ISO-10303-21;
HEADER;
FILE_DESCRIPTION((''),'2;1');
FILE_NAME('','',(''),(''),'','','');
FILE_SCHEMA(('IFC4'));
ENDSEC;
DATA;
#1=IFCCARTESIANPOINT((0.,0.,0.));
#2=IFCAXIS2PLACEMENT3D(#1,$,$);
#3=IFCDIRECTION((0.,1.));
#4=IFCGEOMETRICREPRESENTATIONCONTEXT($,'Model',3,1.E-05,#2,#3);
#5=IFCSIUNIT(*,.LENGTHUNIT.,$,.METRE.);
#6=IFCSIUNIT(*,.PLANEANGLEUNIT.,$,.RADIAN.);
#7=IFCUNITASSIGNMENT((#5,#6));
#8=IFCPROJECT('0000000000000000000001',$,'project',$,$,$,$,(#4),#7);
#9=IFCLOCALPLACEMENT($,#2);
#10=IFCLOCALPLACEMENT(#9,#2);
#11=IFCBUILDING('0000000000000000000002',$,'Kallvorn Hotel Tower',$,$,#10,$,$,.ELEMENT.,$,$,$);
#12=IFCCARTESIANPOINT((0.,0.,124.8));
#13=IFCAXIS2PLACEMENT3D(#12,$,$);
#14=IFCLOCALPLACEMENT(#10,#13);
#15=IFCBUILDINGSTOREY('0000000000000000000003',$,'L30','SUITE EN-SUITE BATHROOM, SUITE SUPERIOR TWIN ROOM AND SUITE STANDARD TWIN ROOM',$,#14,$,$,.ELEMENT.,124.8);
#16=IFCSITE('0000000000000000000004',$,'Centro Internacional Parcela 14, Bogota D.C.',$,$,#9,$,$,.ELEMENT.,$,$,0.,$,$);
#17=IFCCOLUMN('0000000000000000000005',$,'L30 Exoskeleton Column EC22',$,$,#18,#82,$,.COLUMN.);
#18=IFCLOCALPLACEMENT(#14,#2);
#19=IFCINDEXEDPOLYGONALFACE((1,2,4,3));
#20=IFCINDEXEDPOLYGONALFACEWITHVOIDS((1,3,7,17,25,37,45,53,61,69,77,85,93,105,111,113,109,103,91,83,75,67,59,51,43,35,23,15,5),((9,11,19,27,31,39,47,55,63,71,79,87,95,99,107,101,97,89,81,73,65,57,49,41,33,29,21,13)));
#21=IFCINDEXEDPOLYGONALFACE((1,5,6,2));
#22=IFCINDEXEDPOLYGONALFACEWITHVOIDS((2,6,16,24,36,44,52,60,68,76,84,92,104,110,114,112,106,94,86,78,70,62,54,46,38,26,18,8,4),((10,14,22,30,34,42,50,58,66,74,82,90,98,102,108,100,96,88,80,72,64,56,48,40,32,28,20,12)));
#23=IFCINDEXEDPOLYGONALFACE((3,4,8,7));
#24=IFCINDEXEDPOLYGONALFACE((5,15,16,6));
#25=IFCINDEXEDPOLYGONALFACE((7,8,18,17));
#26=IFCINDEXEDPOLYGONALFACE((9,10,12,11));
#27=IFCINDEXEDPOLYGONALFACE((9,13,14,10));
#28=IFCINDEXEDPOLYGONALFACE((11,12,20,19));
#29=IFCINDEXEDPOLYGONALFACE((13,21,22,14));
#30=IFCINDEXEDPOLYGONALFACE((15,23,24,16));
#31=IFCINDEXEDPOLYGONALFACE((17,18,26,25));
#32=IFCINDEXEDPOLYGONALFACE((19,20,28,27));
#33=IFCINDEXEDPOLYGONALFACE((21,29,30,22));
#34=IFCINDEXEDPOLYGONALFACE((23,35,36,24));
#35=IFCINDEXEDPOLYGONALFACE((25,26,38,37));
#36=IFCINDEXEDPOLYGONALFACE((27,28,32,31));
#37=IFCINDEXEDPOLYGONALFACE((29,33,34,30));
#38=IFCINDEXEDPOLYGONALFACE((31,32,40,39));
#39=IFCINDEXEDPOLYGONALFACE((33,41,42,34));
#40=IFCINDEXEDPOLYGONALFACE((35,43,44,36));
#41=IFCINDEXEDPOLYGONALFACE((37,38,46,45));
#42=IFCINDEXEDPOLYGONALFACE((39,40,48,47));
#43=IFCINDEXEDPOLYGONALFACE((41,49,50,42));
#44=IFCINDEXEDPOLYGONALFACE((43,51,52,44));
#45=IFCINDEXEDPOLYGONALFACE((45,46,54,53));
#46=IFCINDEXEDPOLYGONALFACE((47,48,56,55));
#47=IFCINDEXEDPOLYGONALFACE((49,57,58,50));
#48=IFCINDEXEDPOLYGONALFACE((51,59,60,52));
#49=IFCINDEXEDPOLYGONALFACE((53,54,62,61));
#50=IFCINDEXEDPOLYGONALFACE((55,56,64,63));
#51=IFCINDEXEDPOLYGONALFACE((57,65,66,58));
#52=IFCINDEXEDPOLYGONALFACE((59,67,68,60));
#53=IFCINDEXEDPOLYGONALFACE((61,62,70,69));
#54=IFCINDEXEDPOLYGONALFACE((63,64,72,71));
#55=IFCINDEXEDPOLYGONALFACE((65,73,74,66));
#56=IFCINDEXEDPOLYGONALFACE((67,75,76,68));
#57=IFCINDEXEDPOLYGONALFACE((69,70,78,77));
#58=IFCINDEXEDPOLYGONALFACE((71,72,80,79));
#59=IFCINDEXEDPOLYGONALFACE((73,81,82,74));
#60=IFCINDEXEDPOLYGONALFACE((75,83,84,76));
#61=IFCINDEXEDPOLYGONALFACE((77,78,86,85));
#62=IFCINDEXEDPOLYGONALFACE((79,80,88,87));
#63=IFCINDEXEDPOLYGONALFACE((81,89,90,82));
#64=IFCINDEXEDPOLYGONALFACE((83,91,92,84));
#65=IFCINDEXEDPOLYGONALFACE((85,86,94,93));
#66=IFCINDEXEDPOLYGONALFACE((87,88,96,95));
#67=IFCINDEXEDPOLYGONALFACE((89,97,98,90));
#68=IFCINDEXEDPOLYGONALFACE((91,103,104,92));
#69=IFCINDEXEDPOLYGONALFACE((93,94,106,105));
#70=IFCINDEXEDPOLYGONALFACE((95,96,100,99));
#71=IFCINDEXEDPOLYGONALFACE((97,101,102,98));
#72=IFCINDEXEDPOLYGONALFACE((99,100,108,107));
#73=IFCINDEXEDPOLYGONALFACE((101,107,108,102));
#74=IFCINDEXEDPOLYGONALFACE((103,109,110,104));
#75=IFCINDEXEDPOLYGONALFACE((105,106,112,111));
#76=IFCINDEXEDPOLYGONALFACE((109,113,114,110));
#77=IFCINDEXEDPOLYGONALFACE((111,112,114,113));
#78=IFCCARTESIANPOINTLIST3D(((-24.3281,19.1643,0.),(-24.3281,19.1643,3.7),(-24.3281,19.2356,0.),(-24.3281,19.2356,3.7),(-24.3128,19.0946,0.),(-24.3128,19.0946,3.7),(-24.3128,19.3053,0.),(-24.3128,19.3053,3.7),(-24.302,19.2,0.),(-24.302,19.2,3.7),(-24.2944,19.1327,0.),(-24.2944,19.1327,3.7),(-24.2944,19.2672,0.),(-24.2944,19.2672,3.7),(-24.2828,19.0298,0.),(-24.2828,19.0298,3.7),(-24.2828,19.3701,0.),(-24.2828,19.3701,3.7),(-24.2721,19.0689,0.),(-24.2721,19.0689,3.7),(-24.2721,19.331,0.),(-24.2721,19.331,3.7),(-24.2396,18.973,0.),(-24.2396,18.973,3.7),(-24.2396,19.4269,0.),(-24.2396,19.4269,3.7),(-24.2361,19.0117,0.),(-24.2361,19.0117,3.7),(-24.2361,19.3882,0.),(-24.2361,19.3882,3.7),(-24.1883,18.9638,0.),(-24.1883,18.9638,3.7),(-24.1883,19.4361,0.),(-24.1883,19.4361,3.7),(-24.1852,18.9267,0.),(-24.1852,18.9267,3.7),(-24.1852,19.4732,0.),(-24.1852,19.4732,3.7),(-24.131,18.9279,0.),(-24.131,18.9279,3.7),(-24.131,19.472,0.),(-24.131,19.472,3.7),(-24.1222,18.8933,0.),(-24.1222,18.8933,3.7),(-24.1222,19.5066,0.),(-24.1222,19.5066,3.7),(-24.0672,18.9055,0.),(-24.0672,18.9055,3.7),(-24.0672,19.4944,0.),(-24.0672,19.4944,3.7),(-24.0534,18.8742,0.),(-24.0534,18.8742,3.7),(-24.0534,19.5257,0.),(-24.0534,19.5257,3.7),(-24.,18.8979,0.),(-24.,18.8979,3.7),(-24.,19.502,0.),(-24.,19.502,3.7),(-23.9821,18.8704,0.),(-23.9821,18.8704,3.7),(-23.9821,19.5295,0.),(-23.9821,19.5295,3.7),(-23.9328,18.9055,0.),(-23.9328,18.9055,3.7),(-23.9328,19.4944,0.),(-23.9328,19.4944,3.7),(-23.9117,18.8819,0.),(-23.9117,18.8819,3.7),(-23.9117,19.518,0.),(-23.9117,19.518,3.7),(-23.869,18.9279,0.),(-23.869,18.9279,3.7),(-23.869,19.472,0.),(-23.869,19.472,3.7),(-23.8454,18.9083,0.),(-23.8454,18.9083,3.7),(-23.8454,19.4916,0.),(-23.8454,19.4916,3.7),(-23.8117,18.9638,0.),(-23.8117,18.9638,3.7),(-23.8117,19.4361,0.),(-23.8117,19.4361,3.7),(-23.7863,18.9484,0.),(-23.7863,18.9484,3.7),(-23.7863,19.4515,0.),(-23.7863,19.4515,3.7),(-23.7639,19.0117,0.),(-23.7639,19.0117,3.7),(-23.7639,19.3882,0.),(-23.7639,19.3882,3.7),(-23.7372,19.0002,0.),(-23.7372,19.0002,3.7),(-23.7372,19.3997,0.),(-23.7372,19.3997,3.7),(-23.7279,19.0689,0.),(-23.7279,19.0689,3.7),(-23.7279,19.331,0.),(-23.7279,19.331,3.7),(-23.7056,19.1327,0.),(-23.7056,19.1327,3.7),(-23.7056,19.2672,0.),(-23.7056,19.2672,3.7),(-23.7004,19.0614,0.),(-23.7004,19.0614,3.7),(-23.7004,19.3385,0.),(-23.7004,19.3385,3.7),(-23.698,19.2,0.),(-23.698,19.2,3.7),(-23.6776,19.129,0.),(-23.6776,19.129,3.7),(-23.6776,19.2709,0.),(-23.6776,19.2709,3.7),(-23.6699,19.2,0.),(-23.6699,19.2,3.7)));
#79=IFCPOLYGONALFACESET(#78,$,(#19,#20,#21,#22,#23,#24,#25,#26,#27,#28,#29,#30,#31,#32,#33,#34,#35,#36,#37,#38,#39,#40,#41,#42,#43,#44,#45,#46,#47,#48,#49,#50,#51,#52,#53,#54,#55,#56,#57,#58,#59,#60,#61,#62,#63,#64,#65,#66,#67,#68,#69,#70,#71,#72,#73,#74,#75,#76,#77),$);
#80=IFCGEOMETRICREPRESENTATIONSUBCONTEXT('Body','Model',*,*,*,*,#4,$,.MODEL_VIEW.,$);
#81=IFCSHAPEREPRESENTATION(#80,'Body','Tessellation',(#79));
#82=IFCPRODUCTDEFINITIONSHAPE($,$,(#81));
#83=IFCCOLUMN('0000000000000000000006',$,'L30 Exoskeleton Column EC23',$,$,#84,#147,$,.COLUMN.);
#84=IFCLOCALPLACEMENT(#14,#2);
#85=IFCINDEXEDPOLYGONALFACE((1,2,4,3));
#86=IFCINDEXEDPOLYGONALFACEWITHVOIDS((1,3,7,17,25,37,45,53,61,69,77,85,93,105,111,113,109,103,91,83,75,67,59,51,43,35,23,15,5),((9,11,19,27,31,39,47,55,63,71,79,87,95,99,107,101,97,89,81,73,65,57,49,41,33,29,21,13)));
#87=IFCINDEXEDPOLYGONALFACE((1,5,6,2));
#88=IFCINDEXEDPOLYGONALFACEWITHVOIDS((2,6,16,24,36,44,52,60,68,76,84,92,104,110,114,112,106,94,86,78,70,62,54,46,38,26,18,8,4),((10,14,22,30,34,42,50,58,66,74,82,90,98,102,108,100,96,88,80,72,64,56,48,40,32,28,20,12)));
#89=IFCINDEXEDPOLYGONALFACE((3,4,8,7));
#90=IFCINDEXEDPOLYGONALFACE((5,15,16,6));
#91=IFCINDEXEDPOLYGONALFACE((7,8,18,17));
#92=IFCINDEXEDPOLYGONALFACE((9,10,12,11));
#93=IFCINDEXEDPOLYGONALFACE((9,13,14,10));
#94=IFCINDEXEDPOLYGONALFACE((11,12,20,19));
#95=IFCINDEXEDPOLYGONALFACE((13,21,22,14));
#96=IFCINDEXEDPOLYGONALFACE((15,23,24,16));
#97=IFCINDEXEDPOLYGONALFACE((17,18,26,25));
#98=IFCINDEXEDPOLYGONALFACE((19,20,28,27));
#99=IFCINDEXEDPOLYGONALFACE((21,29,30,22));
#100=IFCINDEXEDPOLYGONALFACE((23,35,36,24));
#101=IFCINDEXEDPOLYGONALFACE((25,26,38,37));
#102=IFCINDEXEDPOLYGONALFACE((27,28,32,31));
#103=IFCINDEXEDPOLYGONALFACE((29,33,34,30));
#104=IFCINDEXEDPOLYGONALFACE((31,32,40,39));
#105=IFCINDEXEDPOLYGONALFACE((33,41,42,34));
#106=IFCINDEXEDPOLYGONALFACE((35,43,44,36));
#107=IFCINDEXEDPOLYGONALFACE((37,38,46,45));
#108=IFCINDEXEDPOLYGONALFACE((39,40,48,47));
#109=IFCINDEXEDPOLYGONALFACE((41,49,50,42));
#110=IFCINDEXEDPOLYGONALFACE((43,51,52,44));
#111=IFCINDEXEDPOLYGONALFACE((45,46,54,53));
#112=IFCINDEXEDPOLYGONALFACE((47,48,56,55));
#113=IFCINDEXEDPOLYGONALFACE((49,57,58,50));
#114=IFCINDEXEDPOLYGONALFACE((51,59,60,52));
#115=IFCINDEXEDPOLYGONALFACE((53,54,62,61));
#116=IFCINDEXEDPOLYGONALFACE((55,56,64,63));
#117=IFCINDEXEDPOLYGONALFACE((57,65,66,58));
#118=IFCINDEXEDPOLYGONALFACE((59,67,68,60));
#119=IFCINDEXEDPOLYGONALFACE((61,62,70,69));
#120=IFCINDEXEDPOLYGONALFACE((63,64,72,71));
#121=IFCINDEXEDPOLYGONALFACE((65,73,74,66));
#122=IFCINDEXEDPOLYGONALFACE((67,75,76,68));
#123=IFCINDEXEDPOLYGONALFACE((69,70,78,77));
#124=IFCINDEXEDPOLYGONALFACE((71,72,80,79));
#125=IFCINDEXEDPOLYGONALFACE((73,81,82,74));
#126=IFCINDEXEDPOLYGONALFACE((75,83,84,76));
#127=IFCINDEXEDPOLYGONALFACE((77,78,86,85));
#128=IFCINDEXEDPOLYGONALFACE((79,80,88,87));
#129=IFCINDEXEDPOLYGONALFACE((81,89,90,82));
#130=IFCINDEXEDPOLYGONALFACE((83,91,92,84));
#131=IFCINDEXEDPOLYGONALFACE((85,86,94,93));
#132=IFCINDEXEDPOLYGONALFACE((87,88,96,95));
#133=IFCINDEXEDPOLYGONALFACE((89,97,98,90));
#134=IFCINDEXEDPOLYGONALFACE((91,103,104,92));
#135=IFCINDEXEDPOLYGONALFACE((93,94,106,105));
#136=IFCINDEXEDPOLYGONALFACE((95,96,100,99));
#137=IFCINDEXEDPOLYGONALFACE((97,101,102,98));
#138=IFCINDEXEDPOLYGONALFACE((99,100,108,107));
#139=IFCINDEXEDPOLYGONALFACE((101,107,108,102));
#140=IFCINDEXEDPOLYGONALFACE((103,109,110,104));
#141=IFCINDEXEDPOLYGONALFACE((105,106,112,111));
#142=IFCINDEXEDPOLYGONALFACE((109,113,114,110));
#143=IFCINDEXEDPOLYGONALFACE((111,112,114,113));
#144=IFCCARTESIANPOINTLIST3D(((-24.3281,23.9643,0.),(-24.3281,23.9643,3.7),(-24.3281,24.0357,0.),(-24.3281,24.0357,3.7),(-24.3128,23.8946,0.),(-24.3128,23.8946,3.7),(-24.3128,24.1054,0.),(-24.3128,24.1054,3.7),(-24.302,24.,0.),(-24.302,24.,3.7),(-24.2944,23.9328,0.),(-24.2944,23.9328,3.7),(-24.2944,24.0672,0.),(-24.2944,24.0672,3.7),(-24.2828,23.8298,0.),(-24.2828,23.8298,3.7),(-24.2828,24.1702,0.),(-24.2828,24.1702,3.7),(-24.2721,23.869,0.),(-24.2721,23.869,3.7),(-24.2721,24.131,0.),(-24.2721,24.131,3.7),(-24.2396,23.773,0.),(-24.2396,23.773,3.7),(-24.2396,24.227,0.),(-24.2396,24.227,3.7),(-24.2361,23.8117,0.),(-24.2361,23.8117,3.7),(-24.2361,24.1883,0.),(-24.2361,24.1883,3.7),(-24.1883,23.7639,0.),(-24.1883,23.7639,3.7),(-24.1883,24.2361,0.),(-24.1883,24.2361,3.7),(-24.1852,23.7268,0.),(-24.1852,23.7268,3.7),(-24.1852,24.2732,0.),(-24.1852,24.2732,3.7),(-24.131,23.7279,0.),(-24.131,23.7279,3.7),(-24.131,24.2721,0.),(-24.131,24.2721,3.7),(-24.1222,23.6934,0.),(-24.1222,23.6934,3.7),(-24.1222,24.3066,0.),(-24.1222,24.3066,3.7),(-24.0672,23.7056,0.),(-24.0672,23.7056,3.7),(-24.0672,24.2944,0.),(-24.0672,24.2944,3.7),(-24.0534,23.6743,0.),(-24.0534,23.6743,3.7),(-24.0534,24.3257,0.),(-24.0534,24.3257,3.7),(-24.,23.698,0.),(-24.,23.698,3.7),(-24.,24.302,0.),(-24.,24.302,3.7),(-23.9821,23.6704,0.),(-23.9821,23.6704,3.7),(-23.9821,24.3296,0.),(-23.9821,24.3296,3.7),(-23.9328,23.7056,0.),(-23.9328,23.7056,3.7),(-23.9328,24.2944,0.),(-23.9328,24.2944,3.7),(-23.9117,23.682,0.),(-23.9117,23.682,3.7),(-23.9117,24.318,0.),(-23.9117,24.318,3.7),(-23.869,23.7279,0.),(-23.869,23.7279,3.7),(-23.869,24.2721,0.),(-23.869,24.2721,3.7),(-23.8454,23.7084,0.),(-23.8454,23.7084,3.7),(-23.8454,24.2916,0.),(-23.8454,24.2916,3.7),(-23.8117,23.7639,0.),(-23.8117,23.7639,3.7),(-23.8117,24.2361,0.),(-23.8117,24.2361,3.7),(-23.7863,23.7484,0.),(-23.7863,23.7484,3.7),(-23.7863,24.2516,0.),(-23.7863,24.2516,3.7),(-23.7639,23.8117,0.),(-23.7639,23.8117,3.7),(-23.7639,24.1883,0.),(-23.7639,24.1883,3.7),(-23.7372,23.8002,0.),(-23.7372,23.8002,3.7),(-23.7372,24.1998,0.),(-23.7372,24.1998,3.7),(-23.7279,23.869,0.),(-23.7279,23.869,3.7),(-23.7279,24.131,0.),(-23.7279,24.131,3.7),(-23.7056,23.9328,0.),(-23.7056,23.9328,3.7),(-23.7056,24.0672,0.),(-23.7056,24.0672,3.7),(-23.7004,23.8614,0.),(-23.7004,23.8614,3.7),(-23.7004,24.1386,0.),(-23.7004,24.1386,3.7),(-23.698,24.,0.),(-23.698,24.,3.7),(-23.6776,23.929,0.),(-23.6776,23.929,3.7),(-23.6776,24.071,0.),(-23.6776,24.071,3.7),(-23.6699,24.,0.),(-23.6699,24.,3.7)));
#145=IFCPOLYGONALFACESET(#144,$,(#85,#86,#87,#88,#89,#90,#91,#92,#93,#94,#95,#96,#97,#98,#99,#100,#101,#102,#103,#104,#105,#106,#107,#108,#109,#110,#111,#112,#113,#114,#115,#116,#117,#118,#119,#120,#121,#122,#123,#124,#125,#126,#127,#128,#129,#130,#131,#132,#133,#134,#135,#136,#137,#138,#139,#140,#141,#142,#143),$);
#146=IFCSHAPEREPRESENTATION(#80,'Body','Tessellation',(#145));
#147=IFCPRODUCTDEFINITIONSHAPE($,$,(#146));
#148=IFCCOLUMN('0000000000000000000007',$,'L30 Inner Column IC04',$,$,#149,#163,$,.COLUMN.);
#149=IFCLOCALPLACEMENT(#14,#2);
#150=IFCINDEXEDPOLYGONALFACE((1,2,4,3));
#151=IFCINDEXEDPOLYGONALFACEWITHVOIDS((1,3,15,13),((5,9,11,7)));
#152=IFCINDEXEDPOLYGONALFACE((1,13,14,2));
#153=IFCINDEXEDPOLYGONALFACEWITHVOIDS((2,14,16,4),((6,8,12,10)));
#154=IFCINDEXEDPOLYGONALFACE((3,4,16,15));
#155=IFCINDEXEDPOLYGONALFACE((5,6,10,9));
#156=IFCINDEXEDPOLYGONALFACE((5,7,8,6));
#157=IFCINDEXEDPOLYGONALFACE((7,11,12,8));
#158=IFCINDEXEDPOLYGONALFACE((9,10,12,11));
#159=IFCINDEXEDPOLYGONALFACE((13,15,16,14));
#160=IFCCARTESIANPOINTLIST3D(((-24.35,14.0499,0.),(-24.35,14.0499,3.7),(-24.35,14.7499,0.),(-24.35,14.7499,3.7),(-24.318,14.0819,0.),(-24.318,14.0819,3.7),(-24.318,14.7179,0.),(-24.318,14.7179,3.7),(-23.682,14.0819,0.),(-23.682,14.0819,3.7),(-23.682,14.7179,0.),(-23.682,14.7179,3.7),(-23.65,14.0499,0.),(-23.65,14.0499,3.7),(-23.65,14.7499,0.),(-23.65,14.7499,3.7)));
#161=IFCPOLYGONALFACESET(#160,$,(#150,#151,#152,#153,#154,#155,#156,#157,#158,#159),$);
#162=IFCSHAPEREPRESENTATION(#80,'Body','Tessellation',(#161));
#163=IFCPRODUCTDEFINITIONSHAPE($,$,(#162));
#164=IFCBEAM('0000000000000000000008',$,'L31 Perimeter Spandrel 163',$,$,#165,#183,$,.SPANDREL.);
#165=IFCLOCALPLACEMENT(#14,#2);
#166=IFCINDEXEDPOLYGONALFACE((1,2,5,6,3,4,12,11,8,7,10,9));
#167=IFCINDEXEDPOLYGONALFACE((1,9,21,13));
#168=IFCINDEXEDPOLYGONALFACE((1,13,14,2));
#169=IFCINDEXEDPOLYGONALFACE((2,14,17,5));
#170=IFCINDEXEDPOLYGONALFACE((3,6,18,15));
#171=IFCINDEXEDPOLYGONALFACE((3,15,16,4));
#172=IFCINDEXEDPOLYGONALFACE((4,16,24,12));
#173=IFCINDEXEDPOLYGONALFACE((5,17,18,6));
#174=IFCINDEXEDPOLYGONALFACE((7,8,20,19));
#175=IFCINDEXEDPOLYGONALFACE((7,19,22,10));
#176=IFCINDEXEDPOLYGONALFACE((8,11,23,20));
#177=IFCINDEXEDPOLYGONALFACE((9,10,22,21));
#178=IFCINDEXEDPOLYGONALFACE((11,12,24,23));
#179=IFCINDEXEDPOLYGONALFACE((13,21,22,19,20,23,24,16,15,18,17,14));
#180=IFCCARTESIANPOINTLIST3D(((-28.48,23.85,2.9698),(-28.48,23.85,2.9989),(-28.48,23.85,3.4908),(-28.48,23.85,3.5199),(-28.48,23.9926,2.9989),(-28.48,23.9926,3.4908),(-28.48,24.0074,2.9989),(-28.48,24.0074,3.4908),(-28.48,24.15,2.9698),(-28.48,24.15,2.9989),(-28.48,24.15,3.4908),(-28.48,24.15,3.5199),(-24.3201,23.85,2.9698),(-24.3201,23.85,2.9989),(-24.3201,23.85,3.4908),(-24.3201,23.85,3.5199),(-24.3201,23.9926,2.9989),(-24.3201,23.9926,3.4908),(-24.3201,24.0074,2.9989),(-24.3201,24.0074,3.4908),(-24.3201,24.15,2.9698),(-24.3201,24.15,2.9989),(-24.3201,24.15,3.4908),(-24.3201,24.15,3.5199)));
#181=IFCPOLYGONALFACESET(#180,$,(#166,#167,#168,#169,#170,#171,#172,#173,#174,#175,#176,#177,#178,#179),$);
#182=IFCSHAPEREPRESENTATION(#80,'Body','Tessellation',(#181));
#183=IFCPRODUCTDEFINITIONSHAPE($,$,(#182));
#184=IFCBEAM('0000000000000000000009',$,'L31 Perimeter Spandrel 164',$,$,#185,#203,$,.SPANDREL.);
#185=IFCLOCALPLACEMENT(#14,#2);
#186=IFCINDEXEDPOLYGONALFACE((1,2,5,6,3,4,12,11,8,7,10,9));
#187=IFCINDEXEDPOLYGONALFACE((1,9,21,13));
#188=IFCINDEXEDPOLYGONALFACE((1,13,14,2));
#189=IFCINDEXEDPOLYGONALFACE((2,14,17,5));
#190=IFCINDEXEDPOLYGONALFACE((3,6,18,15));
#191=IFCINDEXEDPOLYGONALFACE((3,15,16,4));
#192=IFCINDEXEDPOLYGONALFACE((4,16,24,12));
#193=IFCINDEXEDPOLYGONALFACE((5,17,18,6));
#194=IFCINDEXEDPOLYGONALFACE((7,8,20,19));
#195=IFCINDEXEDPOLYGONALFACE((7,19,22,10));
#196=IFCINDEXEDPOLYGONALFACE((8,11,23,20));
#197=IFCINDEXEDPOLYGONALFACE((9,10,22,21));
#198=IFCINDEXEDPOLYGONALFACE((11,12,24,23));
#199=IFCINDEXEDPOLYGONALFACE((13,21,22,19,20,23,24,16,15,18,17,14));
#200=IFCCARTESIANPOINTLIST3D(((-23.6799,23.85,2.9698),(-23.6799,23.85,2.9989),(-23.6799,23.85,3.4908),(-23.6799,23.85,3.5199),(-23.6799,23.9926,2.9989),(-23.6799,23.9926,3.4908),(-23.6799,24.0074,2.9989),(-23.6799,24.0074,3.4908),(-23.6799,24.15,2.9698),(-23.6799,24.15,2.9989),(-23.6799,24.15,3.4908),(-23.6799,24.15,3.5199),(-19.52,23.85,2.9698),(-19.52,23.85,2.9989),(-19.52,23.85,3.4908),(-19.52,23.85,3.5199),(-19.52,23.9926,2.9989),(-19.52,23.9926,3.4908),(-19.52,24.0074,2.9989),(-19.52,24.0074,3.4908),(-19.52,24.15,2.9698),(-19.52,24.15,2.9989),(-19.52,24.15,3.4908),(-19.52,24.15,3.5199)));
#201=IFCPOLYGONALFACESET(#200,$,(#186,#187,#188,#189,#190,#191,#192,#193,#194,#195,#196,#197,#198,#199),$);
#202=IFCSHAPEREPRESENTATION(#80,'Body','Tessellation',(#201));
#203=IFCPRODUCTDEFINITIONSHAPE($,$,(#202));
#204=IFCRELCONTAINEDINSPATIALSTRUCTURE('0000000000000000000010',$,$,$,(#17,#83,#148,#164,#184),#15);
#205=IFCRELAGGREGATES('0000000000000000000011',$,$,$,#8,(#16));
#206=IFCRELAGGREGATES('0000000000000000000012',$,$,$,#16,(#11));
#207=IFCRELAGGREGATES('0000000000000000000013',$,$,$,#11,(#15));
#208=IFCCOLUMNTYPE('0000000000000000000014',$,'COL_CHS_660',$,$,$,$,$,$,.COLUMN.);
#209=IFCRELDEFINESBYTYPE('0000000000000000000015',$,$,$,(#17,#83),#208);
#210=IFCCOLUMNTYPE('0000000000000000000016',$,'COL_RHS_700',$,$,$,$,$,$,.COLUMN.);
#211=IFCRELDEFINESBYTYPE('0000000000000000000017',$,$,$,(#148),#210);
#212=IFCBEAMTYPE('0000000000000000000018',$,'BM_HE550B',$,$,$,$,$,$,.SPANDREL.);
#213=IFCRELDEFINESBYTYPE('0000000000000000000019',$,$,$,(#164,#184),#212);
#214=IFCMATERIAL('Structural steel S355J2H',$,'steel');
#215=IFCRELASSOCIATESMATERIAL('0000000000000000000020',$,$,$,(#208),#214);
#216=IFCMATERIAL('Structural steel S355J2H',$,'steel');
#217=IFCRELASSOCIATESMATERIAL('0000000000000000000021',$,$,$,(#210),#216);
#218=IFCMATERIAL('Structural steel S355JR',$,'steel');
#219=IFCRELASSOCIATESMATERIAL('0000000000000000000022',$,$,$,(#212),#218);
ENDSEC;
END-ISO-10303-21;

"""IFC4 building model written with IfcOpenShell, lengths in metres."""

from ifc_helpers import new_model, si_unit, direction, frame, origin, origin_2d, place, context, subcontext, project, spatial, hollow_rectangle, hollow_circle, i_section, extrude, material, material_profile, profile_set, type_object, element, save


model = new_model("IFC4")

# Units and contexts
model_context = context("Model", 3, precision=1e-05, world=origin(), true_north=direction((0.0, 1.0)))
body_context = subcontext(model_context, "Body", "Model", "MODEL_VIEW")
ifc_project = project(units=[si_unit("LENGTHUNIT", "METRE"), si_unit("PLANEANGLEUNIT", "RADIAN")], contexts=[model_context])

# Site, building, storey
site_placement = place(None, origin())
site = spatial("IfcSite", under=ifc_project, at=site_placement, Name="Centro Internacional Parcela 14, Bogota D.C.", CompositionType="ELEMENT", RefElevation=0.0)
building_placement = place(site_placement, origin())
building = spatial("IfcBuilding", under=site, at=building_placement, Name="Kallvorn Hotel Tower", CompositionType="ELEMENT")
storey_placement = place(building_placement, frame((0.0, 0.0, 124.8)))
storey = spatial("IfcBuildingStorey", under=building, at=storey_placement, Name="L30", Description="SUITE EN-SUITE BATHROOM, SUITE SUPERIOR TWIN ROOM AND SUITE STANDARD TWIN ROOM", CompositionType="ELEMENT", Elevation=124.8)

# Columns
ifc_material_1 = material(Name="Structural steel S355J2H", Category="steel")
ifc_material_profile_1 = material_profile(ifc_material_1, hollow_circle(Radius=0.3301, WallThickness=0.0281, at=origin_2d()), Name="CHS 660x28")
ifc_profile_set_1 = profile_set([ifc_material_profile_1], Name="Structural steel S355J2H")
column_type_1 = type_object("IfcColumnType", Name="COL_CHS_660", PredefinedType="COLUMN", material=ifc_profile_set_1)
for number, where, z_axis, x_axis, name in (
    (1, (-24.0, 19.2, 0.0), (0.0, 0.0, 1.0), (1.0, 0.0, 0.0), "L30 Exoskeleton Column EC22"),
    (2, (-24.0, 24.0, 0.0), (0.0, 0.0, 1.0), (1.0, 0.0, 0.0), "L30 Exoskeleton Column EC23"),
):
    element("IfcColumn", number, at=place(storey_placement, frame(where, z_axis=z_axis, x_axis=x_axis)), inside=storey, type_object=column_type_1, Name=name, PredefinedType="COLUMN", context=body_context, shape_type="SweptSolid", body=[
        extrude(hollow_circle(Radius=0.3301, WallThickness=0.0281, at=origin_2d()), origin(), (0.0, 0.0, 1.0), 3.7),
    ])
ifc_material_2 = material(Name="Structural steel S355J2H", Category="steel")
ifc_material_profile_2 = material_profile(ifc_material_2, hollow_rectangle(XDim=0.7, YDim=0.7, WallThickness=0.032, at=origin_2d()), Name="RHS 700x700x32")
ifc_profile_set_2 = profile_set([ifc_material_profile_2], Name="Structural steel S355J2H")
column_type_2 = type_object("IfcColumnType", Name="COL_RHS_700", PredefinedType="COLUMN", material=ifc_profile_set_2)
column_1_placement = place(storey_placement, frame((-24.0, 14.3999, 0.0), z_axis=(0.0, 0.0, 1.0), x_axis=(1.0, 0.0, 0.0)))
element("IfcColumn", 3, at=column_1_placement, inside=storey, type_object=column_type_2, Name="L30 Inner Column IC04", PredefinedType="COLUMN", context=body_context, shape_type="SweptSolid", body=[
    extrude(hollow_rectangle(XDim=0.7, YDim=0.7, WallThickness=0.032, at=origin_2d()), origin(), (0.0, 0.0, 1.0), 3.7),
])

# Beams
ifc_material_3 = material(Name="Structural steel S355JR", Category="steel")
ifc_material_profile_3 = material_profile(ifc_material_3, i_section(OverallWidth=0.3, OverallDepth=0.55, WebThickness=0.0149, FlangeThickness=0.0291, at=origin_2d()), Name="HE 550 B")
ifc_profile_set_3 = profile_set([ifc_material_profile_3], Name="Structural steel S355JR")
beam_type_1 = type_object("IfcBeamType", Name="BM_HE550B", PredefinedType="SPANDREL", material=ifc_profile_set_3)
for number, where, z_axis, x_axis, name in (
    (4, (-28.48, 24.0, 3.2449), (1.0, 0.0, 0.0), (0.0, 1.0, 0.0), "L31 Perimeter Spandrel 163"),
    (5, (-23.6799, 24.0, 3.2449), (1.0, 0.0, 0.0), (0.0, 1.0, 0.0), "L31 Perimeter Spandrel 164"),
):
    element("IfcBeam", number, at=place(storey_placement, frame(where, z_axis=z_axis, x_axis=x_axis)), inside=storey, type_object=beam_type_1, Name=name, PredefinedType="SPANDREL", context=body_context, shape_type="SweptSolid", body=[
        extrude(i_section(OverallWidth=0.3, OverallDepth=0.55, WebThickness=0.0149, FlangeThickness=0.0291, at=origin_2d()), origin(), (0.0, 0.0, 1.0), 4.1599),
    ])

save(model, "model.ifc")
